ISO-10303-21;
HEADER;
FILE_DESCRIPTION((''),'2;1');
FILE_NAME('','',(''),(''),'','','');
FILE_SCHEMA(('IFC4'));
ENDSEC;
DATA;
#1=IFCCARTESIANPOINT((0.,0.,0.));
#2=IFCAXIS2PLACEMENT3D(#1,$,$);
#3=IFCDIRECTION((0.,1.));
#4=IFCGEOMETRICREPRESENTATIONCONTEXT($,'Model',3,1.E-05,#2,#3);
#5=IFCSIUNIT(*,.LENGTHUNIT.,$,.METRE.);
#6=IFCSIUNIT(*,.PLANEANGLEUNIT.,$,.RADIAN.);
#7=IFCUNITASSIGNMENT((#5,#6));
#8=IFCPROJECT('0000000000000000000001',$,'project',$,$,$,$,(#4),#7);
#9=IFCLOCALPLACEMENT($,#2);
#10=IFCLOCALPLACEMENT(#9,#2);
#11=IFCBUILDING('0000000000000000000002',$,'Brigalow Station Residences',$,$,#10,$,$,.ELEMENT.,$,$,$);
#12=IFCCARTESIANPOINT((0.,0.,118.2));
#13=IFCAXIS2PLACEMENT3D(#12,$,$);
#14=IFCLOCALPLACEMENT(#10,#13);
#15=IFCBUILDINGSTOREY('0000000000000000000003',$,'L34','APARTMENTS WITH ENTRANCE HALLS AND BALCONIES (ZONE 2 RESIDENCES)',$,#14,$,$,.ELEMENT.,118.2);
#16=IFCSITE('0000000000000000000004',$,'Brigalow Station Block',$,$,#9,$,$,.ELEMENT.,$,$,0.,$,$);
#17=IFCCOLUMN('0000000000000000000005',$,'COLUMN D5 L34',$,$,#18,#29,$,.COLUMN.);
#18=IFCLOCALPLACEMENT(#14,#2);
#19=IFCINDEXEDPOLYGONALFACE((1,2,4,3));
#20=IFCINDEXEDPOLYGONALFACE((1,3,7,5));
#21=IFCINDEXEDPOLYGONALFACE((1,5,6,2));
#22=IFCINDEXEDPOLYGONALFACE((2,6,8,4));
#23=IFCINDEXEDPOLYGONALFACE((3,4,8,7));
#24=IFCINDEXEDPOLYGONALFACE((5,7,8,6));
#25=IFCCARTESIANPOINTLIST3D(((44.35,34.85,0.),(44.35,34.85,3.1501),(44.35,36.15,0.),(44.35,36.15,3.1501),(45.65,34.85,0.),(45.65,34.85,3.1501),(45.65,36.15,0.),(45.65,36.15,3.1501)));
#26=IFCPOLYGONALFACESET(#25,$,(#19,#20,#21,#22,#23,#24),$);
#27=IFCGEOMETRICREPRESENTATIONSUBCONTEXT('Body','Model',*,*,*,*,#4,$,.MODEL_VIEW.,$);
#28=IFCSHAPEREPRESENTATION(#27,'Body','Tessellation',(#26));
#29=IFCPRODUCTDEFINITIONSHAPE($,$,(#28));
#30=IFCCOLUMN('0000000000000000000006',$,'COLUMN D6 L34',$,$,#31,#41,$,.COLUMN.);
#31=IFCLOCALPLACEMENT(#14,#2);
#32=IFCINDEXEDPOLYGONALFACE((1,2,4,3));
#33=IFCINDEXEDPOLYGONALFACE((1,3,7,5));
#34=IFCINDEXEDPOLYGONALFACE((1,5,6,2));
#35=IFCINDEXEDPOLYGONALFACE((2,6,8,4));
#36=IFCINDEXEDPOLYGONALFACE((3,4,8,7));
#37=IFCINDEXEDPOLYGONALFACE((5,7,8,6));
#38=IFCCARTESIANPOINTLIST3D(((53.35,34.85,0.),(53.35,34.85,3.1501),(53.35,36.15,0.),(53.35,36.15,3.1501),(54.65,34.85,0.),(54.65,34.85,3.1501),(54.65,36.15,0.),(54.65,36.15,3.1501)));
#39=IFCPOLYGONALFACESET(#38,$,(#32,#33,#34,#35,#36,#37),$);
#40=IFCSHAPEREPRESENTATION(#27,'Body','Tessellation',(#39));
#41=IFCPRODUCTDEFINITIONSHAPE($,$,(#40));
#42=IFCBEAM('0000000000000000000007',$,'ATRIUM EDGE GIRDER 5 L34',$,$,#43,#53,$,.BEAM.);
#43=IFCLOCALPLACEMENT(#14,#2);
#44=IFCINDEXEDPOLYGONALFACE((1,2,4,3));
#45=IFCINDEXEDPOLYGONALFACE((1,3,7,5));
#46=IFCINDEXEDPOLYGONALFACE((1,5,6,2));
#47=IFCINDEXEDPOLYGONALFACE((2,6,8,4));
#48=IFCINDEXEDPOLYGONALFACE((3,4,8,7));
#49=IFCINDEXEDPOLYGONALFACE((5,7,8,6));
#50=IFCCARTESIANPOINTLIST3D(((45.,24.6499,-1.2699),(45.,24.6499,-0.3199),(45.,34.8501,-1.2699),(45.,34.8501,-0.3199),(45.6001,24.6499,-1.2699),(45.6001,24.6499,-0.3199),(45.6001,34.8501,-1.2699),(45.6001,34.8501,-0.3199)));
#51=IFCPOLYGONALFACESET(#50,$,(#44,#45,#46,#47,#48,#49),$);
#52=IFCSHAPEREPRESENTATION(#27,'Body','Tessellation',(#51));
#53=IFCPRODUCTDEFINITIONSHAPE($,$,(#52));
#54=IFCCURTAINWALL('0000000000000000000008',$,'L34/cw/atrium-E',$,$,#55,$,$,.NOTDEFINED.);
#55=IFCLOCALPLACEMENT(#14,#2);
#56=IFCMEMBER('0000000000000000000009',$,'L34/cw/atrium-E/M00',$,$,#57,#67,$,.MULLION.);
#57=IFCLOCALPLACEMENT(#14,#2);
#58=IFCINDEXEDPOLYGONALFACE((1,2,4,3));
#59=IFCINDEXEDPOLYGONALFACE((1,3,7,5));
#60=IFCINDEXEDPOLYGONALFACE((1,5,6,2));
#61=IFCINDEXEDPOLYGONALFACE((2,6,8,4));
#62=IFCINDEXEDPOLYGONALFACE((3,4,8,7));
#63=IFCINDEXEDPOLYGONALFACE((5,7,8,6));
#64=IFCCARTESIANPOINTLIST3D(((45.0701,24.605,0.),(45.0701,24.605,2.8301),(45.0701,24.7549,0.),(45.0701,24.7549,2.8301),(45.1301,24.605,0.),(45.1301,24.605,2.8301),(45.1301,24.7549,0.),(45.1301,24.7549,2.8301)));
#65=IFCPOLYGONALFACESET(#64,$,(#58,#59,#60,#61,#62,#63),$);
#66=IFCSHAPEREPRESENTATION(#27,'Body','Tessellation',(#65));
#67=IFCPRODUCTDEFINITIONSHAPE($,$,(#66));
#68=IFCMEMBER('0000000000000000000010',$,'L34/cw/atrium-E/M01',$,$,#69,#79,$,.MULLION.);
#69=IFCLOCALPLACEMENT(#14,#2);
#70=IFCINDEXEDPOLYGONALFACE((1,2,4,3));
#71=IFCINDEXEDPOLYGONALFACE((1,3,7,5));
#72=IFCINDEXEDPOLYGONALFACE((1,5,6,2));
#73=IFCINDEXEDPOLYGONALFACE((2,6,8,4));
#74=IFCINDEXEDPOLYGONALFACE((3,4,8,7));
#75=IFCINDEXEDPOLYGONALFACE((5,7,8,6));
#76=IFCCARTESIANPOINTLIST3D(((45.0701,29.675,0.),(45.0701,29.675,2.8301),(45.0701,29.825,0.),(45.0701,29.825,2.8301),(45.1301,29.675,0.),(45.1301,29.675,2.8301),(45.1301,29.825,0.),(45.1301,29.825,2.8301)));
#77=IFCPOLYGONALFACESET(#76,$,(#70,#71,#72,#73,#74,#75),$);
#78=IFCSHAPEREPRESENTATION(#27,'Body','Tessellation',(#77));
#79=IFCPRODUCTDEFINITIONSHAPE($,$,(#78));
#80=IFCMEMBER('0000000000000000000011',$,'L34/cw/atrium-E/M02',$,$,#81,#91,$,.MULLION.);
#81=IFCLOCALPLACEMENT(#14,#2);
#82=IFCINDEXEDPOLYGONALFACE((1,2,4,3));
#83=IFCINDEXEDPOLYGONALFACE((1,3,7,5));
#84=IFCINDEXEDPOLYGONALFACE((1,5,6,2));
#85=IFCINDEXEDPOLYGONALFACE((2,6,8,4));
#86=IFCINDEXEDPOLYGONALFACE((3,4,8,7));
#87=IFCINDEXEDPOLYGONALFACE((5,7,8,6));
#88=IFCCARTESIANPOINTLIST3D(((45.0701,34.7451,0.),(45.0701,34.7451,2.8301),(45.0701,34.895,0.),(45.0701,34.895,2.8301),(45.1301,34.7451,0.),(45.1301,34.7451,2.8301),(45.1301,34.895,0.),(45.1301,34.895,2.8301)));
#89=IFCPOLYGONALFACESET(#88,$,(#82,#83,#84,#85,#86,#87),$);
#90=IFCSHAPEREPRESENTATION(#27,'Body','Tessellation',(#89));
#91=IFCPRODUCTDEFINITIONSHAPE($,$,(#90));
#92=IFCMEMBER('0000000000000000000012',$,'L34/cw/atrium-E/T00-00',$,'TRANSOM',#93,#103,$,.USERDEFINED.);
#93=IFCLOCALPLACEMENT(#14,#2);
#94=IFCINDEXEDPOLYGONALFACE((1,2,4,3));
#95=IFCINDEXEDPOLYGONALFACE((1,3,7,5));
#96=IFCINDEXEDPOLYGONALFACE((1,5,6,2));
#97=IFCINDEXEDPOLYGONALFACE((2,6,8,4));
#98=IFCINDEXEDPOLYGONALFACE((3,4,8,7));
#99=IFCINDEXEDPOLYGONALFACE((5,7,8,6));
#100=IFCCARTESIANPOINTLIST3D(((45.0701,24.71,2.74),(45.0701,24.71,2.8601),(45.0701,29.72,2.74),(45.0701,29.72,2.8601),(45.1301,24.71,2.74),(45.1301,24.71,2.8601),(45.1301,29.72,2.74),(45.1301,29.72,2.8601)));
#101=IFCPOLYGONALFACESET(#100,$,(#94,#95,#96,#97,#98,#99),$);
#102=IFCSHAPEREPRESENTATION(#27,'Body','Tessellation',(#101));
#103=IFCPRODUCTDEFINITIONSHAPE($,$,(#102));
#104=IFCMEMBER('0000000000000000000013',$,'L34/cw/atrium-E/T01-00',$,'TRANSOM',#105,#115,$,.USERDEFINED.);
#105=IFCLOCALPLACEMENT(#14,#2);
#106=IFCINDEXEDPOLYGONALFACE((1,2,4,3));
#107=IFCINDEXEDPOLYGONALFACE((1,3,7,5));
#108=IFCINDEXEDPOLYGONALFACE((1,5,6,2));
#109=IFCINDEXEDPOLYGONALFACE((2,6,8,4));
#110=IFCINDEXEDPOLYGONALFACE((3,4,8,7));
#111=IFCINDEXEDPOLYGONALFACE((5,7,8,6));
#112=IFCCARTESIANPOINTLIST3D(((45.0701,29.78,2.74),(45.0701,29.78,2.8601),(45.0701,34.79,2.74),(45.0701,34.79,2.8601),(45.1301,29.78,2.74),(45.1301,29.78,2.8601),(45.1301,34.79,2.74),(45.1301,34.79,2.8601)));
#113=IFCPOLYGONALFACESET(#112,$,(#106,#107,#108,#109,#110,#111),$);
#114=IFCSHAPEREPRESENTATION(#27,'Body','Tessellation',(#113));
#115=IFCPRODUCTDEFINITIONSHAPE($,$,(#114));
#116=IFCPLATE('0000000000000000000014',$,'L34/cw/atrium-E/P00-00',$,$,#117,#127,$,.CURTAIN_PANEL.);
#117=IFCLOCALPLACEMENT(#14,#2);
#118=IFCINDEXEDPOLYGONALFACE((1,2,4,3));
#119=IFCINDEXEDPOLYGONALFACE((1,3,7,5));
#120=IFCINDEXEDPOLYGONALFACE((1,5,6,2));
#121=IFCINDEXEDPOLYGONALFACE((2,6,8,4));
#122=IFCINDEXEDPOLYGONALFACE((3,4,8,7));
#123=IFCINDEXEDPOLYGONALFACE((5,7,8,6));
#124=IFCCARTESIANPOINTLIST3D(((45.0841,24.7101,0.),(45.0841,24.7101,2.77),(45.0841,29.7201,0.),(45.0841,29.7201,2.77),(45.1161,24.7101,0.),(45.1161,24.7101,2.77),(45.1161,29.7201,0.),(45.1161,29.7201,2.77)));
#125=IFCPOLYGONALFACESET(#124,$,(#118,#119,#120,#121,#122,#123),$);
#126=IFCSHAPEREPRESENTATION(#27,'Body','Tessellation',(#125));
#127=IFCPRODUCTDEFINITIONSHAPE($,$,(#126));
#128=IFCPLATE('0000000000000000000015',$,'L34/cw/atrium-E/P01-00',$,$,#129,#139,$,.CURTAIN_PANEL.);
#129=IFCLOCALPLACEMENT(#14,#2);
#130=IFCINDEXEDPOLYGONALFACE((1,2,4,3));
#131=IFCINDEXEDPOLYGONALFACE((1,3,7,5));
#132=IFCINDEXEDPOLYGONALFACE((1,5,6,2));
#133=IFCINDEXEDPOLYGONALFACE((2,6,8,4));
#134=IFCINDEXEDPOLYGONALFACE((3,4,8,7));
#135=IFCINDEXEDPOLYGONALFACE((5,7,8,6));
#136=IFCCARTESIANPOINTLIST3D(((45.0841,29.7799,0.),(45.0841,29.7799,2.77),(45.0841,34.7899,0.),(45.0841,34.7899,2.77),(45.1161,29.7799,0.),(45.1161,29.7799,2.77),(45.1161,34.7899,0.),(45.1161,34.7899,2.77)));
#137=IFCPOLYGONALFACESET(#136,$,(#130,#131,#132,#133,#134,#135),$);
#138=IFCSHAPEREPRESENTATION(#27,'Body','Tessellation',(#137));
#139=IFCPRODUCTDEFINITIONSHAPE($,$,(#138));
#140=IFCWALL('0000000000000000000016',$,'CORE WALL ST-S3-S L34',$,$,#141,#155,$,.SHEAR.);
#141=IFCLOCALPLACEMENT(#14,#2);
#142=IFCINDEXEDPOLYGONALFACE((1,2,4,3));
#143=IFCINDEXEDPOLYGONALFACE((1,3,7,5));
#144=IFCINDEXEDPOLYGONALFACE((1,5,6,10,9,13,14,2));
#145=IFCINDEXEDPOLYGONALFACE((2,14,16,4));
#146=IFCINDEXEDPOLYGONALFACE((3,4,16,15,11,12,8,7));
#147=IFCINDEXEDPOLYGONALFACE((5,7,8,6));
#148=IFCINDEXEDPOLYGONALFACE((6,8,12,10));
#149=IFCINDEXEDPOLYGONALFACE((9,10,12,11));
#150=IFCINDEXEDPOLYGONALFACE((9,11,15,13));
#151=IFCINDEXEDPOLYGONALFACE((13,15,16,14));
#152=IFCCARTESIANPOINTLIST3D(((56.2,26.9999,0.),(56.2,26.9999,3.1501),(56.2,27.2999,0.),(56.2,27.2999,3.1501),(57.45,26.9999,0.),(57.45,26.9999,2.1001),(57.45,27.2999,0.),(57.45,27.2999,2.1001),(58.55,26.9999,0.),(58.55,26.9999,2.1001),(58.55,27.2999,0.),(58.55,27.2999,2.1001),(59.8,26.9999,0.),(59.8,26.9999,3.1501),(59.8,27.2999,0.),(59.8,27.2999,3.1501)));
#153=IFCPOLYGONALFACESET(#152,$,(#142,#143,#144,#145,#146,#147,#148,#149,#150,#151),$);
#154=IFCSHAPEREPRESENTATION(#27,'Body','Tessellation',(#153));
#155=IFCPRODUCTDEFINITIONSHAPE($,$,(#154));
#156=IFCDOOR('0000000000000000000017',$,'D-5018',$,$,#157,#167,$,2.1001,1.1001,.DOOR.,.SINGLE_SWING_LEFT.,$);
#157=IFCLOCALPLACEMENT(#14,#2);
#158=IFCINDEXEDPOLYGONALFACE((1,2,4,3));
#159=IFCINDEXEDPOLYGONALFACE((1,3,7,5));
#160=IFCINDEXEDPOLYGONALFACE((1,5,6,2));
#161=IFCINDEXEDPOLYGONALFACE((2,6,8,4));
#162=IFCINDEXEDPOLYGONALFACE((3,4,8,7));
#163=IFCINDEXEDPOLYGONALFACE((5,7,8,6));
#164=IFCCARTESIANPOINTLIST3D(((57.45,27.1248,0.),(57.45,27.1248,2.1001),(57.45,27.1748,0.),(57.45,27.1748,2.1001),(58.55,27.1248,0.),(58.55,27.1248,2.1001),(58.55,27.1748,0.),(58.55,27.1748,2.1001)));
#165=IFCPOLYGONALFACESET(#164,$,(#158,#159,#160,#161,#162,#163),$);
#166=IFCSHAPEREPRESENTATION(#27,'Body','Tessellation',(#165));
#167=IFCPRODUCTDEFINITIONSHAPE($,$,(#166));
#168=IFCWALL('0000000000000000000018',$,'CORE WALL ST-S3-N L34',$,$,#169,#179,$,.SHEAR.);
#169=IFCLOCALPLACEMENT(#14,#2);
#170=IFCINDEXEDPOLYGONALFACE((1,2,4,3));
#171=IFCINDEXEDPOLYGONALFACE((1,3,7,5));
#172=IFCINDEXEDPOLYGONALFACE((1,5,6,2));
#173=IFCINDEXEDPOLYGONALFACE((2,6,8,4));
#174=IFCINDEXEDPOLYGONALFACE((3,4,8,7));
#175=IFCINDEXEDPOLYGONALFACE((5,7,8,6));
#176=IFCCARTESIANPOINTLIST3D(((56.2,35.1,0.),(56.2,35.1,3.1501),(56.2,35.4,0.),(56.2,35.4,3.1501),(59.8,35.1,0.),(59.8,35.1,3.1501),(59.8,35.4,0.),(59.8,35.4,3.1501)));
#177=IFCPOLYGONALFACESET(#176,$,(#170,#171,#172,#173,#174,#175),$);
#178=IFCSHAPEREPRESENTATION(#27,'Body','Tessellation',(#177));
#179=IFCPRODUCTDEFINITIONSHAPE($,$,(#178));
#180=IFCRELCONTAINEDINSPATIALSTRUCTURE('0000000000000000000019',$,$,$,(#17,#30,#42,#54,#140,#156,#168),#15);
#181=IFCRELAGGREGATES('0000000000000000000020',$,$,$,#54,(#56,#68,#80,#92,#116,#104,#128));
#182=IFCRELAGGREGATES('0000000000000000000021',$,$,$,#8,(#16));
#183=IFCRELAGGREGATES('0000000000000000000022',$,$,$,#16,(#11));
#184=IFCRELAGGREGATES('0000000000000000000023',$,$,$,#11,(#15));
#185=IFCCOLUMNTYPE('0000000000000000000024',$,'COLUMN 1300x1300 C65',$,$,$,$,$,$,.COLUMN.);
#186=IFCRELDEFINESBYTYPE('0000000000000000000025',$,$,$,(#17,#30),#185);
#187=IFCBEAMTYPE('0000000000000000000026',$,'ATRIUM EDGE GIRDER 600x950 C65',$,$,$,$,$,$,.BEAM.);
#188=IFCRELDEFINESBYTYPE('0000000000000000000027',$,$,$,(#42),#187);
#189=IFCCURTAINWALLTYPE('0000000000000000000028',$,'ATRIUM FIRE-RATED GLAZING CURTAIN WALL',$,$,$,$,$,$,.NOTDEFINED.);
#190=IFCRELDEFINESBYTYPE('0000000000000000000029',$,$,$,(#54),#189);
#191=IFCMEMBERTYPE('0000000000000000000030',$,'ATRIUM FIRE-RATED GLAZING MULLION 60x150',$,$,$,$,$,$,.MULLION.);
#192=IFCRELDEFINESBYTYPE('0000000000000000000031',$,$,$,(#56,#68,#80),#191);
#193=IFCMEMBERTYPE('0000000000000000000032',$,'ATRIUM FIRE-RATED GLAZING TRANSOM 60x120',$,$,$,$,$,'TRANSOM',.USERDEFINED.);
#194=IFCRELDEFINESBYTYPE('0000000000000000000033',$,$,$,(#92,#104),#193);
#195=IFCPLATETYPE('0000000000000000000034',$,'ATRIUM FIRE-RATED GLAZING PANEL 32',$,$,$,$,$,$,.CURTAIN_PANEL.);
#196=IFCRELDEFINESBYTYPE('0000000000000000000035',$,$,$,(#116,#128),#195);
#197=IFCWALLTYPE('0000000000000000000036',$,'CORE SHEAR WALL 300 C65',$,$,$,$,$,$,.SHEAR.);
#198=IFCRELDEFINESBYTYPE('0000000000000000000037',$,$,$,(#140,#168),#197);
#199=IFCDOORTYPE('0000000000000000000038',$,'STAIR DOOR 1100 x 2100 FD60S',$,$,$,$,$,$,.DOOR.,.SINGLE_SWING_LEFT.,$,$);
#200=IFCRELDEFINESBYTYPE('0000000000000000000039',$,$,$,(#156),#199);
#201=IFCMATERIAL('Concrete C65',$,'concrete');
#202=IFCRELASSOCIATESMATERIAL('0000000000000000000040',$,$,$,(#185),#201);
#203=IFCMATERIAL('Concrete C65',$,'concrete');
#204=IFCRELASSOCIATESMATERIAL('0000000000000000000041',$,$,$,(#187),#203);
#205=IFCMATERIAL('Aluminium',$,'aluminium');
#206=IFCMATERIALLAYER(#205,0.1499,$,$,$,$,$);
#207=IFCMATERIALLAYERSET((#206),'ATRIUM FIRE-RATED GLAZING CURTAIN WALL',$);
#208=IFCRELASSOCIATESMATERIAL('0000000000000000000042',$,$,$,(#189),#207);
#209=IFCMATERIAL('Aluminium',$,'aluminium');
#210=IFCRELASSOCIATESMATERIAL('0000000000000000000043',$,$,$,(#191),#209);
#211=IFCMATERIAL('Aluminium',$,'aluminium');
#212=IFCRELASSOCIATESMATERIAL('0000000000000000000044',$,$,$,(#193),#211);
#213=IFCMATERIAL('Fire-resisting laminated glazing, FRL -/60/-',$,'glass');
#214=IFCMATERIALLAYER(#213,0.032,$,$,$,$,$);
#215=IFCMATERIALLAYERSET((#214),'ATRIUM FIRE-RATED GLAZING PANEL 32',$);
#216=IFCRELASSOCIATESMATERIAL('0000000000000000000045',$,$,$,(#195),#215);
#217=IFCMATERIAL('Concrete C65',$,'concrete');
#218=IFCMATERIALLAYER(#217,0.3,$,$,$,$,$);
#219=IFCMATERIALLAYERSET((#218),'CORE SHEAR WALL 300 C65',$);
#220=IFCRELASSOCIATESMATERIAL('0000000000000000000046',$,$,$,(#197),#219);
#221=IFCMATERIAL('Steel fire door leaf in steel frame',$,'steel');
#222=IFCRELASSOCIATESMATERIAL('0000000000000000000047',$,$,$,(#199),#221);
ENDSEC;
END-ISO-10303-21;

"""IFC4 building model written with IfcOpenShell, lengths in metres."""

from ifc_helpers import new_model, si_unit, direction, frame, frame_2d, origin, origin_2d, place, context, subcontext, project, spatial, rectangle, extrude, material, layer, layer_set, material_profile, profile_set, type_object, element, fill, aggregate, save


model = new_model("IFC4")

# Units and contexts
model_context = context("Model", 3, precision=1e-05, world=origin(), true_north=direction((0.0, 1.0)))
body_context = subcontext(model_context, "Body", "Model", "MODEL_VIEW")
ifc_project = project(units=[si_unit("LENGTHUNIT", "METRE"), si_unit("PLANEANGLEUNIT", "RADIAN")], contexts=[model_context])

# Site, building, storey
site_placement = place(None, origin())
site = spatial("IfcSite", under=ifc_project, at=site_placement, Name="Brigalow Station Block", CompositionType="ELEMENT", RefElevation=0.0)
building_placement = place(site_placement, origin())
building = spatial("IfcBuilding", under=site, at=building_placement, Name="Brigalow Station Residences", CompositionType="ELEMENT")
storey_placement = place(building_placement, frame((0.0, 0.0, 118.2)))
storey = spatial("IfcBuildingStorey", under=building, at=storey_placement, Name="L34", Description="APARTMENTS WITH ENTRANCE HALLS AND BALCONIES (ZONE 2 RESIDENCES)", CompositionType="ELEMENT", Elevation=118.2)

# Columns
ifc_material_1 = material(Name="Concrete C65", Category="concrete")
ifc_material_profile_1 = material_profile(ifc_material_1, rectangle(XDim=1.3, YDim=1.3, at=origin_2d()), Name="RC1300x1300")
ifc_profile_set_1 = profile_set([ifc_material_profile_1], Name="Concrete C65")
column_type = type_object("IfcColumnType", Name="COLUMN 1300x1300 C65", PredefinedType="COLUMN", material=ifc_profile_set_1)
for number, where, z_axis, x_axis, name in (
    (1, (45.0, 35.5, 0.0), (0.0, 0.0, 1.0), (1.0, 0.0, 0.0), "COLUMN D5 L34"),
    (2, (54.0, 35.5, 0.0), (0.0, 0.0, 1.0), (1.0, 0.0, 0.0), "COLUMN D6 L34"),
):
    element("IfcColumn", number, at=place(storey_placement, frame(where, z_axis=z_axis, x_axis=x_axis)), inside=storey, type_object=column_type, Name=name, PredefinedType="COLUMN", context=body_context, shape_type="SweptSolid", body=[
        extrude(rectangle(XDim=1.3, YDim=1.3, at=origin_2d()), origin(), (0.0, 0.0, 1.0), 3.1501),
    ])

# Beam
ifc_material_2 = material(Name="Concrete C65", Category="concrete")
ifc_material_profile_2 = material_profile(ifc_material_2, rectangle(XDim=0.6001, YDim=0.95, at=origin_2d()), Name="RC600x950")
ifc_profile_set_2 = profile_set([ifc_material_profile_2], Name="Concrete C65")
beam_type = type_object("IfcBeamType", Name="ATRIUM EDGE GIRDER 600x950 C65", PredefinedType="BEAM", material=ifc_profile_set_2)
beam_placement = place(storey_placement, frame((45.3, 24.6499, -0.7949), z_axis=(0.0, 1.0, 0.0), x_axis=(-1.0, 0.0, 0.0)))
element("IfcBeam", 3, at=beam_placement, inside=storey, type_object=beam_type, Name="ATRIUM EDGE GIRDER 5 L34", PredefinedType="BEAM", context=body_context, shape_type="SweptSolid", body=[
    extrude(rectangle(XDim=0.6001, YDim=0.95, at=origin_2d()), origin(), (0.0, 0.0, 1.0), 10.2002),
])

# Curtain wall, members, plates
ifc_material_3 = material(Name="Aluminium", Category="aluminium")
ifc_layer_1 = layer(ifc_material_3, 0.1499)
ifc_layer_set_1 = layer_set([ifc_layer_1], Name="ATRIUM FIRE-RATED GLAZING CURTAIN WALL")
curtain_wall_type = type_object("IfcCurtainWallType", Name="ATRIUM FIRE-RATED GLAZING CURTAIN WALL", PredefinedType="NOTDEFINED", material=ifc_layer_set_1)
curtain_wall_placement = place(storey_placement, origin())
curtain_wall = element("IfcCurtainWall", 4, at=curtain_wall_placement, inside=storey, type_object=curtain_wall_type, Name="L34/cw/atrium-E", PredefinedType="NOTDEFINED")
ifc_material_4 = material(Name="Aluminium", Category="aluminium")
ifc_material_profile_3 = material_profile(ifc_material_4, rectangle(XDim=0.0601, YDim=0.1499, at=origin_2d()), Name="ATRIUM FIRE-RATED GLAZING MULLION 60x150")
ifc_profile_set_3 = profile_set([ifc_material_profile_3], Name="Aluminium")
member_type_1 = type_object("IfcMemberType", Name="ATRIUM FIRE-RATED GLAZING MULLION 60x150", PredefinedType="MULLION", material=ifc_profile_set_3)
member_1_placement = place(storey_placement, frame((45.1001, 24.6799, 0.0), z_axis=(0.0, 0.0, 1.0), x_axis=(-1.0, 0.0, 0.0)))
member_1 = element("IfcMember", 5, at=member_1_placement, type_object=member_type_1, Name="L34/cw/atrium-E/M00", PredefinedType="MULLION", context=body_context, shape_type="SweptSolid", body=[
    extrude(rectangle(XDim=0.0601, YDim=0.1499, at=origin_2d()), origin(), (0.0, 0.0, 1.0), 2.8301),
])
member_2_placement = place(storey_placement, frame((45.1001, 29.75, 0.0), z_axis=(0.0, 0.0, 1.0), x_axis=(-1.0, 0.0, 0.0)))
member_2 = element("IfcMember", 6, at=member_2_placement, type_object=member_type_1, Name="L34/cw/atrium-E/M01", PredefinedType="MULLION", context=body_context, shape_type="SweptSolid", body=[
    extrude(rectangle(XDim=0.0601, YDim=0.1499, at=origin_2d()), origin(), (0.0, 0.0, 1.0), 2.8301),
])
member_3_placement = place(storey_placement, frame((45.1001, 34.8201, 0.0), z_axis=(0.0, 0.0, 1.0), x_axis=(-1.0, 0.0, 0.0)))
member_3 = element("IfcMember", 7, at=member_3_placement, type_object=member_type_1, Name="L34/cw/atrium-E/M02", PredefinedType="MULLION", context=body_context, shape_type="SweptSolid", body=[
    extrude(rectangle(XDim=0.0601, YDim=0.1499, at=origin_2d()), origin(), (0.0, 0.0, 1.0), 2.8301),
])
ifc_material_5 = material(Name="Aluminium", Category="aluminium")
ifc_material_profile_4 = material_profile(ifc_material_5, rectangle(XDim=0.0601, YDim=0.1201, at=origin_2d()), Name="ATRIUM FIRE-RATED GLAZING TRANSOM 60x120")
ifc_profile_set_4 = profile_set([ifc_material_profile_4], Name="Aluminium")
member_type_2 = type_object("IfcMemberType", Name="ATRIUM FIRE-RATED GLAZING TRANSOM 60x120", ElementType="TRANSOM", PredefinedType="USERDEFINED", material=ifc_profile_set_4)
member_4_placement = place(storey_placement, frame((45.1001, 24.71, 2.8), z_axis=(0.0, 1.0, 0.0), x_axis=(-1.0, 0.0, 0.0)))
member_4 = element("IfcMember", 8, at=member_4_placement, type_object=member_type_2, Name="L34/cw/atrium-E/T00-00", ObjectType="TRANSOM", PredefinedType="USERDEFINED", context=body_context, shape_type="SweptSolid", body=[
    extrude(rectangle(XDim=0.0601, YDim=0.1201, at=origin_2d()), origin(), (0.0, 0.0, 1.0), 5.01),
])
member_5_placement = place(storey_placement, frame((45.1001, 29.78, 2.8), z_axis=(0.0, 1.0, 0.0), x_axis=(-1.0, 0.0, 0.0)))
member_5 = element("IfcMember", 9, at=member_5_placement, type_object=member_type_2, Name="L34/cw/atrium-E/T01-00", ObjectType="TRANSOM", PredefinedType="USERDEFINED", context=body_context, shape_type="SweptSolid", body=[
    extrude(rectangle(XDim=0.0601, YDim=0.1201, at=origin_2d()), origin(), (0.0, 0.0, 1.0), 5.01),
])
ifc_material_6 = material(Name="Fire-resisting laminated glazing, FRL -/60/-", Category="glass")
ifc_layer_2 = layer(ifc_material_6, 0.032)
ifc_layer_set_2 = layer_set([ifc_layer_2], Name="ATRIUM FIRE-RATED GLAZING PANEL 32")
plate_type = type_object("IfcPlateType", Name="ATRIUM FIRE-RATED GLAZING PANEL 32", PredefinedType="CURTAIN_PANEL", material=ifc_layer_set_2)
plate_1_placement = place(storey_placement, frame((45.1001, 27.2151, 0.0), z_axis=(0.0, 0.0, 1.0), x_axis=(0.0, 1.0, 0.0)))
plate_1 = element("IfcPlate", 10, at=plate_1_placement, type_object=plate_type, Name="L34/cw/atrium-E/P00-00", PredefinedType="CURTAIN_PANEL", context=body_context, shape_type="SweptSolid", body=[
    extrude(rectangle(XDim=5.01, YDim=0.032, at=origin_2d()), origin(), (0.0, 0.0, 1.0), 2.77),
])
plate_2_placement = place(storey_placement, frame((45.1001, 32.2849, 0.0), z_axis=(0.0, 0.0, 1.0), x_axis=(0.0, 1.0, 0.0)))
plate_2 = element("IfcPlate", 11, at=plate_2_placement, type_object=plate_type, Name="L34/cw/atrium-E/P01-00", PredefinedType="CURTAIN_PANEL", context=body_context, shape_type="SweptSolid", body=[
    extrude(rectangle(XDim=5.01, YDim=0.032, at=origin_2d()), origin(), (0.0, 0.0, 1.0), 2.77),
])
aggregate(curtain_wall, [member_1, member_2, member_3, member_4, plate_1, member_5, plate_2])

# Wall, opening, door
ifc_material_7 = material(Name="Concrete C65", Category="concrete")
ifc_layer_3 = layer(ifc_material_7, 0.3)
ifc_layer_set_3 = layer_set([ifc_layer_3], Name="CORE SHEAR WALL 300 C65")
wall_type_1 = type_object("IfcWallType", Name="CORE SHEAR WALL 300 C65", PredefinedType="SHEAR", material=ifc_layer_set_3)
wall_1_placement = place(storey_placement, frame((56.2, 27.1499, 0.0), z_axis=(0.0, 0.0, 1.0), x_axis=(1.0, 0.0, 0.0)))
wall_1 = element("IfcWall", 12, at=wall_1_placement, inside=storey, type_object=wall_type_1, Name="CORE WALL ST-S3-S L34", PredefinedType="SHEAR", context=body_context, shape_type="SweptSolid", body=[
    extrude(rectangle(XDim=3.6001, YDim=0.3, at=frame_2d((1.8, 0.0))), origin(), (0.0, 0.0, 1.0), 3.1501),
])
opening_1_placement = place(wall_1_placement, frame((1.25, 0.0, 0.0)))
opening_1 = element("IfcOpeningElement", 13, at=opening_1_placement, cuts=wall_1, PredefinedType="OPENING", context=body_context, shape_type="SweptSolid", body=[
    extrude(rectangle(XDim=1.1001, YDim=2.1001, at=frame_2d((0.55, 1.05))), frame((0.0, 0.1602, 0.0), z_axis=(0.0, -1.0, 0.0), x_axis=(1.0, 0.0, 0.0)), (0.0, 0.0, 1.0), 0.3201),
])
ifc_material_8 = material(Name="Steel fire door leaf in steel frame", Category="steel")
door_type_1 = type_object("IfcDoorType", Name="STAIR DOOR 1100 x 2100 FD60S", OperationType="SINGLE_SWING_LEFT", PredefinedType="DOOR", material=ifc_material_8)
door_1_placement = place(opening_1_placement, origin())
door_1 = element("IfcDoor", 14, at=door_1_placement, inside=storey, type_object=door_type_1, Name="D-5018", OperationType="SINGLE_SWING_LEFT", OverallHeight=2.1001, OverallWidth=1.1001, PredefinedType="DOOR", context=body_context, shape_type="SweptSolid", body=[
    extrude(rectangle(XDim=1.1001, YDim=2.1001, at=frame_2d((0.55, 1.05))), frame((0.0, 0.0249, 0.0), z_axis=(0.0, -1.0, 0.0), x_axis=(1.0, 0.0, 0.0)), (0.0, 0.0, 1.0), 0.05),
])
fill(opening_1, door_1)

# Wall
wall_2_placement = place(storey_placement, frame((56.2, 35.25, 0.0), z_axis=(0.0, 0.0, 1.0), x_axis=(1.0, 0.0, 0.0)))
element("IfcWall", 15, at=wall_2_placement, inside=storey, type_object=wall_type_1, Name="CORE WALL ST-S3-N L34", PredefinedType="SHEAR", context=body_context, shape_type="SweptSolid", body=[
    extrude(rectangle(XDim=3.6001, YDim=0.3, at=frame_2d((1.8, 0.0))), origin(), (0.0, 0.0, 1.0), 3.1501),
])

save(model, "model.ifc")
